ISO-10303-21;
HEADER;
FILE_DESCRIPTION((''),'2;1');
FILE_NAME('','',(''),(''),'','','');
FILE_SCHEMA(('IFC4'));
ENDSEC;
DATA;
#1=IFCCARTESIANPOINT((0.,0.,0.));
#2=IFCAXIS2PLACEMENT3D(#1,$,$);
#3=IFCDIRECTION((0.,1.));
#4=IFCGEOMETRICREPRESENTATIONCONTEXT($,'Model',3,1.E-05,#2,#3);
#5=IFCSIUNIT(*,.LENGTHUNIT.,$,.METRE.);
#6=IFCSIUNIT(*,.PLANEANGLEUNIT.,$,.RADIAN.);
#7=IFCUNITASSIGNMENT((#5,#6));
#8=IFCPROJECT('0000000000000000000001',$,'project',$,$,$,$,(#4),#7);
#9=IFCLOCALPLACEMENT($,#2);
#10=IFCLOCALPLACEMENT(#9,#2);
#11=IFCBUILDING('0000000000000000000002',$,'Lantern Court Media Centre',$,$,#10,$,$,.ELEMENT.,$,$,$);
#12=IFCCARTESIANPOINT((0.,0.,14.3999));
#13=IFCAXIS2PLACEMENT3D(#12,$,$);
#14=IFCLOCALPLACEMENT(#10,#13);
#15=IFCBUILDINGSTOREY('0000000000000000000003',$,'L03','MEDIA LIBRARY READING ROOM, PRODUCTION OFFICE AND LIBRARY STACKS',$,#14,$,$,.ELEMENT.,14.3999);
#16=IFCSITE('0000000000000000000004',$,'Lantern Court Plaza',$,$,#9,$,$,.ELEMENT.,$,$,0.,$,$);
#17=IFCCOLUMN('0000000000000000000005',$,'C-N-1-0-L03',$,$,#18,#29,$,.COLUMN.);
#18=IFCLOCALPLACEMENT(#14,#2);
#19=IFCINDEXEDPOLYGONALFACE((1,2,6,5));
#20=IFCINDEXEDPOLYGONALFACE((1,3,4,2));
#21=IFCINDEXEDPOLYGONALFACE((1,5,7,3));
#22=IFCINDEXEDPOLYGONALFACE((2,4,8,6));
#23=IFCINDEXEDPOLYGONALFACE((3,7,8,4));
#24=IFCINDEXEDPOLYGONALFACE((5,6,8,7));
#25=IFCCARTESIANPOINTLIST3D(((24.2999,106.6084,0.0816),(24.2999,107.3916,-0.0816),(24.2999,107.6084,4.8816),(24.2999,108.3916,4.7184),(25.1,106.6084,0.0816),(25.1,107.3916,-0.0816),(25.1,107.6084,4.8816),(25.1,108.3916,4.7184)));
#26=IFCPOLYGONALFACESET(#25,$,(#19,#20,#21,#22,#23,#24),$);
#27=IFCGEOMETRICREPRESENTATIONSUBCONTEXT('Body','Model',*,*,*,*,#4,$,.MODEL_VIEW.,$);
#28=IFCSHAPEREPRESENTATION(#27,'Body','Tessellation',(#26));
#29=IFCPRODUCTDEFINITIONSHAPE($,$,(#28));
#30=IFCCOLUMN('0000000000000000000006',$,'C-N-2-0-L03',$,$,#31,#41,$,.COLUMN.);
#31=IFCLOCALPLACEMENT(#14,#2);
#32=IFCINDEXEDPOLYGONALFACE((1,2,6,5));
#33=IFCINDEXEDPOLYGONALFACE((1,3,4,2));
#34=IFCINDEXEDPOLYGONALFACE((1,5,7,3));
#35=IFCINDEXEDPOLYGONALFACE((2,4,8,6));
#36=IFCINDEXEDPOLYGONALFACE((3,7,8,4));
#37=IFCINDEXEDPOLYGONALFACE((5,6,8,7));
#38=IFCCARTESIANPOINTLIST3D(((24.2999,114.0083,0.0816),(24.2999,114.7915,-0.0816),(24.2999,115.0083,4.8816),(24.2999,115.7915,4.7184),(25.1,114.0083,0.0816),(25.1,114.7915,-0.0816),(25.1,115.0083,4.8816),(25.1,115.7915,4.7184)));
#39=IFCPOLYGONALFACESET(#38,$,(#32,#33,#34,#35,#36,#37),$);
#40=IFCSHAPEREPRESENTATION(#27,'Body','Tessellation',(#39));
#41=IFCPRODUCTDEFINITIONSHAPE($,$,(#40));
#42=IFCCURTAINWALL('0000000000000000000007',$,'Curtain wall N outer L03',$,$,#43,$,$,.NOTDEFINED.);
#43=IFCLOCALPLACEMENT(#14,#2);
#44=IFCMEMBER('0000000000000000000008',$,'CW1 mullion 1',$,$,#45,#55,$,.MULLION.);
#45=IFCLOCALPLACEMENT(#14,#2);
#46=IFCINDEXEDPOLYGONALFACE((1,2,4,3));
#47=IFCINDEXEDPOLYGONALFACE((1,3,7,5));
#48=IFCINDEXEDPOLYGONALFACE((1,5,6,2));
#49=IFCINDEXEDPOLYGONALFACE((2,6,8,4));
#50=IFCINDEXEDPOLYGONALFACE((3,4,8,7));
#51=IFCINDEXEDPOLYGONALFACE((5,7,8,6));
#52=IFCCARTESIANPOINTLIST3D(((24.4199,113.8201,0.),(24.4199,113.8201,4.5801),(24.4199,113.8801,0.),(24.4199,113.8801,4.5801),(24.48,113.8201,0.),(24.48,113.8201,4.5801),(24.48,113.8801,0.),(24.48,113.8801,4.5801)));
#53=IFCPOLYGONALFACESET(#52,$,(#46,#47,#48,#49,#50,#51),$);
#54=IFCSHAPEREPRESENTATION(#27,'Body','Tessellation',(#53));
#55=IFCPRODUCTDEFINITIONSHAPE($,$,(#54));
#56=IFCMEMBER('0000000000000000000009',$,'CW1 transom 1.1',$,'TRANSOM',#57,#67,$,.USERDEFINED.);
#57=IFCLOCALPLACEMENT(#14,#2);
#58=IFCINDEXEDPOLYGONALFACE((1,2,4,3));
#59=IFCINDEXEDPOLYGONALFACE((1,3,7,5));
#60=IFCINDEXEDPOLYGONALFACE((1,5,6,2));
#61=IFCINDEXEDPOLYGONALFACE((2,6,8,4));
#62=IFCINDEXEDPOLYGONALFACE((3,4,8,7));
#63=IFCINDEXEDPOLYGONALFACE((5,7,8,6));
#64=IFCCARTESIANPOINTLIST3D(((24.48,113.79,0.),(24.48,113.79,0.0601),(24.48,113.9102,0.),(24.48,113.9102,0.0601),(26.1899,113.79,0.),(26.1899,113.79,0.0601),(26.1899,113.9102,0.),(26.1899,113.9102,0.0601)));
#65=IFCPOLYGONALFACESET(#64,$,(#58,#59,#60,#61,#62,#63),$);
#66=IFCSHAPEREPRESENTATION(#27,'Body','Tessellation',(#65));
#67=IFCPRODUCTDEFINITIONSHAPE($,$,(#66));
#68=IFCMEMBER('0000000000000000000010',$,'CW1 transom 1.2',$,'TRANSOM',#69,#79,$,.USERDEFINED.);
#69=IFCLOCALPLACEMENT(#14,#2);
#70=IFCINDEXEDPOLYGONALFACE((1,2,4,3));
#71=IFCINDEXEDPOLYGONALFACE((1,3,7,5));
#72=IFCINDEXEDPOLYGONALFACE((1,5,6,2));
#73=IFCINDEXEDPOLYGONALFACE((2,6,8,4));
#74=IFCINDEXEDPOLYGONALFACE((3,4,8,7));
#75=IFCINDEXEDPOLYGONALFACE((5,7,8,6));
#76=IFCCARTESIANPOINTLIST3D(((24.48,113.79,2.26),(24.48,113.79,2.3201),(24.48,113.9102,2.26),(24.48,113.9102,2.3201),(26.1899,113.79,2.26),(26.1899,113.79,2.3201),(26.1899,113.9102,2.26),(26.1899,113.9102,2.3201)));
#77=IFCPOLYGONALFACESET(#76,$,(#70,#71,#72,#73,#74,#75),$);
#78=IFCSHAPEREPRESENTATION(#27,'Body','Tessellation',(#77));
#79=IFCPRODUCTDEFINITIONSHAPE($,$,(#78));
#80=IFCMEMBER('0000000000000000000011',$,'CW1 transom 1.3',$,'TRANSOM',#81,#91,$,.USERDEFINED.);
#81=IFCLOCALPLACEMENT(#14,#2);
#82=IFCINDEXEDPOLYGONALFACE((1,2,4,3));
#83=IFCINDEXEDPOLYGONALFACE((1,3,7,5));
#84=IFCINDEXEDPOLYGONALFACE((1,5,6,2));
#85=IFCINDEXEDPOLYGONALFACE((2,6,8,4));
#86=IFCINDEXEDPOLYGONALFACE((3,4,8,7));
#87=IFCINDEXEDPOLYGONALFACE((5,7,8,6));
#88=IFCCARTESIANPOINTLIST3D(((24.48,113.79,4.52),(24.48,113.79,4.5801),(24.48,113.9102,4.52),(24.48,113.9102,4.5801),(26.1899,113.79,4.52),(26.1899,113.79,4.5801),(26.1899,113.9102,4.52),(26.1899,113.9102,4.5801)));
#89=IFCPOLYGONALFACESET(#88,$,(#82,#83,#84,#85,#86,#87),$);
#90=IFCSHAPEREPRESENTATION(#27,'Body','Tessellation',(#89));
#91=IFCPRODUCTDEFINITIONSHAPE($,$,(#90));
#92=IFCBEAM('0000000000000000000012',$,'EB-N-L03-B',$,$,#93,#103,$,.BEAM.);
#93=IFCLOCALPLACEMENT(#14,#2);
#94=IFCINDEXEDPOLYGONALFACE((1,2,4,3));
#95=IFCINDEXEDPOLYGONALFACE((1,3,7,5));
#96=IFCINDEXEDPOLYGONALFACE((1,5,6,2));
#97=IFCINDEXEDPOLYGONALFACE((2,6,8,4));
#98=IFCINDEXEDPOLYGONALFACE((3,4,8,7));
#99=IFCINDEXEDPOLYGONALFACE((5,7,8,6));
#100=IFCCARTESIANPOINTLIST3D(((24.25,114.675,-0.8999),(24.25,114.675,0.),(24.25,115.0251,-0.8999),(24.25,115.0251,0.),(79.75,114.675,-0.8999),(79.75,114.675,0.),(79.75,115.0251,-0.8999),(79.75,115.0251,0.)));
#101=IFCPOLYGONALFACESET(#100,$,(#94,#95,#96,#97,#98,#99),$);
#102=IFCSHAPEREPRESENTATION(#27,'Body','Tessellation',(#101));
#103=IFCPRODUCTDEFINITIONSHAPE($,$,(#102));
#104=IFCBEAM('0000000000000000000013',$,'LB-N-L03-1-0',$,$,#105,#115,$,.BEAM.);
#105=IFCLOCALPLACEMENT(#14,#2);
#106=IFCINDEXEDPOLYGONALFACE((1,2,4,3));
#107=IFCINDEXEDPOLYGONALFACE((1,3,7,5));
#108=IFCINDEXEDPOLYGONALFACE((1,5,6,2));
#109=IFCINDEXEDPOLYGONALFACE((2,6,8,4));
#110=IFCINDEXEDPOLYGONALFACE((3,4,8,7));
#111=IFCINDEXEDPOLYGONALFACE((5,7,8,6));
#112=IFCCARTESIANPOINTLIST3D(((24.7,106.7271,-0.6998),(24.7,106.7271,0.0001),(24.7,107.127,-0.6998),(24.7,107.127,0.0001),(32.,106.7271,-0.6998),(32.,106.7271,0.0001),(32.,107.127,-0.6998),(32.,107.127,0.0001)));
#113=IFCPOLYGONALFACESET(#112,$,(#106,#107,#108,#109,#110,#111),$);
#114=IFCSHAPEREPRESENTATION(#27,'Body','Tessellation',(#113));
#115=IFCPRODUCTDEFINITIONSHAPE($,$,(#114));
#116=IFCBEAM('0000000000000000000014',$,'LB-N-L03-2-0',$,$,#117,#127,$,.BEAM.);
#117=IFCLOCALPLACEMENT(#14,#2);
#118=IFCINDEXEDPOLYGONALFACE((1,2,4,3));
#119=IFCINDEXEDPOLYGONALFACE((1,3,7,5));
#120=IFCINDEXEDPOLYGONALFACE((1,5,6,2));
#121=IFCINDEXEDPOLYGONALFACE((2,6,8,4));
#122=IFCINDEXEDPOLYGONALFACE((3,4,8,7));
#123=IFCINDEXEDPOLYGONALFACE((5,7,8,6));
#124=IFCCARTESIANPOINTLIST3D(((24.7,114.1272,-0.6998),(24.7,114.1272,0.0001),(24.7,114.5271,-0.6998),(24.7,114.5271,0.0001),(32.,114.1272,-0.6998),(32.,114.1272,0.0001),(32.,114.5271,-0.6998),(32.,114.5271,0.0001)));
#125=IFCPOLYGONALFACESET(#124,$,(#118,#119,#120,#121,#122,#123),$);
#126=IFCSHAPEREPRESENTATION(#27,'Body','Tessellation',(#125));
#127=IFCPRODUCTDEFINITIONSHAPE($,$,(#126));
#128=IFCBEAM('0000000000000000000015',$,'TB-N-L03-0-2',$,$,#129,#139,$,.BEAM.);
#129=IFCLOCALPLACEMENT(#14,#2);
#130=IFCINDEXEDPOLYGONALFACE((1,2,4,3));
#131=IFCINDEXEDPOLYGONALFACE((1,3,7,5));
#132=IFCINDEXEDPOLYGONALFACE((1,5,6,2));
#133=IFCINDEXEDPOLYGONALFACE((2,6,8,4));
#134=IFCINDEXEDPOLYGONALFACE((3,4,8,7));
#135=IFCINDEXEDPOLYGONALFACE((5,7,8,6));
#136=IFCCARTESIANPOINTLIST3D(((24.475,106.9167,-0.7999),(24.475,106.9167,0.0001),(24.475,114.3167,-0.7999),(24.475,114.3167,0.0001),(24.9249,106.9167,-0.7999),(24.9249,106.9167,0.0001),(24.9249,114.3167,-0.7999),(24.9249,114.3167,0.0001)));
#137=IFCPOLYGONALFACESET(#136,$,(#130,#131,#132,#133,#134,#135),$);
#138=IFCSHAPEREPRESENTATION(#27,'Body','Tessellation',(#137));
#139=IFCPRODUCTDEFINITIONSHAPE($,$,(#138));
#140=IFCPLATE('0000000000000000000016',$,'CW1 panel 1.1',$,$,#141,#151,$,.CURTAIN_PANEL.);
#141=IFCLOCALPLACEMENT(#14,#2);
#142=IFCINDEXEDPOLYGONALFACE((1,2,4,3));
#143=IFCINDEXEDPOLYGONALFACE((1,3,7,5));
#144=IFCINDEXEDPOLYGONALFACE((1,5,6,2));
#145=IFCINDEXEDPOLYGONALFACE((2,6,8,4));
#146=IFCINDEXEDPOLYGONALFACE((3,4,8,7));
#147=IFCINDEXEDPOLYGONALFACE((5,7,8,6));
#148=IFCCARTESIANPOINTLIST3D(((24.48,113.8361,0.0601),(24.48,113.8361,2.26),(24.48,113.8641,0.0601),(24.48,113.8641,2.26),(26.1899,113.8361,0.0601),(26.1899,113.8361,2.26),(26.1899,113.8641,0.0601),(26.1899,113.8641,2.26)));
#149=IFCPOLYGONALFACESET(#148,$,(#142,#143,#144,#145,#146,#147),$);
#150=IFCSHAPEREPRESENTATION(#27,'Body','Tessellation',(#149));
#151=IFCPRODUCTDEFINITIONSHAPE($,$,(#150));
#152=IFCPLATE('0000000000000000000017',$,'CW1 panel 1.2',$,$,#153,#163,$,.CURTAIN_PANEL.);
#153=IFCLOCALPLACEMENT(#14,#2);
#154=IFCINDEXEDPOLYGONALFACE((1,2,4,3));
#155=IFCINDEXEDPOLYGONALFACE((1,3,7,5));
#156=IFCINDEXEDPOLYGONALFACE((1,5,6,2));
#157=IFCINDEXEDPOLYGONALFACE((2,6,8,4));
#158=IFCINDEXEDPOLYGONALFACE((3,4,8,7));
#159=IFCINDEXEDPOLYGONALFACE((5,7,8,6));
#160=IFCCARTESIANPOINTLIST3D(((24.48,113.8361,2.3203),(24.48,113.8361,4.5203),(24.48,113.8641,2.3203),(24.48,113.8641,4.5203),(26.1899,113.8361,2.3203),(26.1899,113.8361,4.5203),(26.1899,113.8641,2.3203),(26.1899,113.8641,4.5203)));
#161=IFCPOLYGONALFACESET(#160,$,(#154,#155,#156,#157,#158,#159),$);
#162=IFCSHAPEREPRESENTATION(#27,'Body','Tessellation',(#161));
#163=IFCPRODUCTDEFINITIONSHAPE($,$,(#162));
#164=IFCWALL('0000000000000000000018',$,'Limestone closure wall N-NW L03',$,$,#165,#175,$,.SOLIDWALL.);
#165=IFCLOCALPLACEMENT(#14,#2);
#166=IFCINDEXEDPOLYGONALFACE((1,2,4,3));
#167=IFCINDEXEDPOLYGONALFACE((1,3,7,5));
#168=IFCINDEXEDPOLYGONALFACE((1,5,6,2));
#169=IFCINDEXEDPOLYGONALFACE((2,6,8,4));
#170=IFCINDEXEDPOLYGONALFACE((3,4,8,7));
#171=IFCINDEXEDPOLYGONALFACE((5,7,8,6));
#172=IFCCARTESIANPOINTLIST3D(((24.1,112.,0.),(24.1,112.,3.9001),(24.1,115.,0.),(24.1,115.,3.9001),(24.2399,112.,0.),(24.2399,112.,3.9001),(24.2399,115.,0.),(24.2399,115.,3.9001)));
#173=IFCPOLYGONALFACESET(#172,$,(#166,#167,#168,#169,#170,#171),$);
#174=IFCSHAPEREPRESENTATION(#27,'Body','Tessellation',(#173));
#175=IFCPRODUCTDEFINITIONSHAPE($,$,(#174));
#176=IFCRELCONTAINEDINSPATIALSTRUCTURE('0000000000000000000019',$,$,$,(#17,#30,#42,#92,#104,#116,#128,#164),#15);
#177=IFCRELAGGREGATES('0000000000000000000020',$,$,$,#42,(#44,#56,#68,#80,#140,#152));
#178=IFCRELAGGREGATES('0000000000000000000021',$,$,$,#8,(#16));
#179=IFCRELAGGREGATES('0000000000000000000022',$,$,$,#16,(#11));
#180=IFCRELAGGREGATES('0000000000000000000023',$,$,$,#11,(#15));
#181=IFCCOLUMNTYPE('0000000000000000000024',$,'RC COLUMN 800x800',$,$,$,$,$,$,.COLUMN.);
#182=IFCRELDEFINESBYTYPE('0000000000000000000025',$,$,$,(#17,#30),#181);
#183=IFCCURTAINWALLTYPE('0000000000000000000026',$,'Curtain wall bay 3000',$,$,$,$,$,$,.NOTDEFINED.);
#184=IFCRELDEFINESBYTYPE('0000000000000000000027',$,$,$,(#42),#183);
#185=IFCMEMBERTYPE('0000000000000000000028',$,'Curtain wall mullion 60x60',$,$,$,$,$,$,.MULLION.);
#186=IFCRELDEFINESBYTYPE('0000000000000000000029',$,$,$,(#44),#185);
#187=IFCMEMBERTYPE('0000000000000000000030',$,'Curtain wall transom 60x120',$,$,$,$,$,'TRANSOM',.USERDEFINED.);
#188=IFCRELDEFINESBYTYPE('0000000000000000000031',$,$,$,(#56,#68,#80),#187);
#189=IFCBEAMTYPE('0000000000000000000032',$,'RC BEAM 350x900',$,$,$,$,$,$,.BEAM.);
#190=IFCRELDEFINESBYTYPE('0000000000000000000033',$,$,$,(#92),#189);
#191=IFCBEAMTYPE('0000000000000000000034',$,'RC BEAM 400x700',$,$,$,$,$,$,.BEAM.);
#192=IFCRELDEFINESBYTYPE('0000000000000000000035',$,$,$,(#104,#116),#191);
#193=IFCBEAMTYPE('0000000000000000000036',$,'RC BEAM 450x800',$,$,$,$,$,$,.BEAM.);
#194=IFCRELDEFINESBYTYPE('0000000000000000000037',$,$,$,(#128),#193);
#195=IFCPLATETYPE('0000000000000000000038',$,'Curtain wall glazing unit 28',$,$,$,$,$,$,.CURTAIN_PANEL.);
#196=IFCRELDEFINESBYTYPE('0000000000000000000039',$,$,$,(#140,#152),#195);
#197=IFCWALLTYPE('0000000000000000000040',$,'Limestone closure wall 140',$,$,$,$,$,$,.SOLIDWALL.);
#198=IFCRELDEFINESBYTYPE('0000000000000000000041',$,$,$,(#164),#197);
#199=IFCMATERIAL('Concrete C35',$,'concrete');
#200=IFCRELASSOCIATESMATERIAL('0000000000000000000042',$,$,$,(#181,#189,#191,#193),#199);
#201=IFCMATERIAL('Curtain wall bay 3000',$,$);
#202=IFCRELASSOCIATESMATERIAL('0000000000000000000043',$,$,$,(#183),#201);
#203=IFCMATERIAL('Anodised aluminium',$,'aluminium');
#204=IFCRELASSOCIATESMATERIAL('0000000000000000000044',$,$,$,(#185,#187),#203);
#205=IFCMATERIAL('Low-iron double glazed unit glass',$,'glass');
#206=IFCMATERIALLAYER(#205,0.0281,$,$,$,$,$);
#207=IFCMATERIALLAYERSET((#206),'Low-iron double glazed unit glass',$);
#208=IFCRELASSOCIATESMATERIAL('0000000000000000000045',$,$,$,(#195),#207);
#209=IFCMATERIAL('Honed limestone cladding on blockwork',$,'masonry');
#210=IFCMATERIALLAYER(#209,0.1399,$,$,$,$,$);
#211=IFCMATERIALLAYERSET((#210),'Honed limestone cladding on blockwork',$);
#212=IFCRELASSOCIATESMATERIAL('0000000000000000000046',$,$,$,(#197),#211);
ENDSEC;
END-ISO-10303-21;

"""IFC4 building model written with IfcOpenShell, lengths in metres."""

from ifc_helpers import new_model, si_unit, direction, frame, frame_2d, origin, origin_2d, place, context, subcontext, project, spatial, rectangle, extrude, material, layer, layer_set, material_profile, profile_set, type_object, element, aggregate, save


model = new_model("IFC4")

# Units and contexts
model_context = context("Model", 3, precision=1e-05, world=origin(), true_north=direction((0.0, 1.0)))
body_context = subcontext(model_context, "Body", "Model", "MODEL_VIEW")
ifc_project = project(units=[si_unit("LENGTHUNIT", "METRE"), si_unit("PLANEANGLEUNIT", "RADIAN")], contexts=[model_context])

# Site, building, storey
site_placement = place(None, origin())
site = spatial("IfcSite", under=ifc_project, at=site_placement, Name="Lantern Court Plaza", CompositionType="ELEMENT", RefElevation=0.0)
building_placement = place(site_placement, origin())
building = spatial("IfcBuilding", under=site, at=building_placement, Name="Lantern Court Media Centre", CompositionType="ELEMENT")
storey_placement = place(building_placement, frame((0.0, 0.0, 14.3999)))
storey = spatial("IfcBuildingStorey", under=building, at=storey_placement, Name="L03", Description="MEDIA LIBRARY READING ROOM, PRODUCTION OFFICE AND LIBRARY STACKS", CompositionType="ELEMENT", Elevation=14.3999)

# Columns
ifc_material_1 = material(Name="Concrete C35", Category="concrete")
ifc_material_profile_1 = material_profile(ifc_material_1, rectangle(XDim=0.8, YDim=0.8, at=origin_2d()), Name="RC 800x800")
ifc_profile_set_1 = profile_set([ifc_material_profile_1], Name="Concrete C35")
column_type = type_object("IfcColumnType", Name="RC COLUMN 800x800", PredefinedType="COLUMN", material=ifc_profile_set_1)
for number, where, z_axis, x_axis, name in (
    (1, (24.7, 107.0, 0.0), (0.0, 0.203952, 0.978981), (-1.0, 0.0, 0.0), "C-N-1-0-L03"),
    (2, (24.7, 114.3999, 0.0), (0.0, 0.203952, 0.978981), (-1.0, 0.0, 0.0), "C-N-2-0-L03"),
):
    element("IfcColumn", number, at=place(storey_placement, frame(where, z_axis=z_axis, x_axis=x_axis)), inside=storey, type_object=column_type, Name=name, PredefinedType="COLUMN", context=body_context, shape_type="SweptSolid", body=[
        extrude(rectangle(XDim=0.8, YDim=0.8, at=origin_2d()), origin(), (0.0, 0.0, 1.0), 4.9031),
    ])

# Curtain wall, members
ifc_material_2 = material(Name="Curtain wall bay 3000")
curtain_wall_type = type_object("IfcCurtainWallType", Name="Curtain wall bay 3000", PredefinedType="NOTDEFINED", material=ifc_material_2)
curtain_wall_placement = place(storey_placement, origin())
curtain_wall = element("IfcCurtainWall", 3, at=curtain_wall_placement, inside=storey, type_object=curtain_wall_type, Name="Curtain wall N outer L03", PredefinedType="NOTDEFINED")
ifc_material_3 = material(Name="Anodised aluminium", Category="aluminium")
ifc_material_profile_2 = material_profile(ifc_material_3, rectangle(XDim=0.0601, YDim=0.0601, at=origin_2d()), Name="AL 60x60")
ifc_profile_set_2 = profile_set([ifc_material_profile_2], Name="Anodised aluminium")
member_type_1 = type_object("IfcMemberType", Name="Curtain wall mullion 60x60", PredefinedType="MULLION", material=ifc_profile_set_2)
member_1_placement = place(storey_placement, frame((24.45, 113.8501, 0.0), z_axis=(0.0, 0.0, 1.0), x_axis=(0.0, 1.0, 0.0)))
member_1 = element("IfcMember", 4, at=member_1_placement, type_object=member_type_1, Name="CW1 mullion 1", PredefinedType="MULLION", context=body_context, shape_type="SweptSolid", body=[
    extrude(rectangle(XDim=0.0601, YDim=0.0601, at=origin_2d()), origin(), (0.0, 0.0, 1.0), 4.5801),
])
ifc_material_profile_3 = material_profile(ifc_material_3, rectangle(XDim=0.1201, YDim=0.0601, at=origin_2d()), Name="AL 60x120")
ifc_profile_set_3 = profile_set([ifc_material_profile_3], Name="Anodised aluminium")
member_type_2 = type_object("IfcMemberType", Name="Curtain wall transom 60x120", ElementType="TRANSOM", PredefinedType="USERDEFINED", material=ifc_profile_set_3)
member_2_placement = place(storey_placement, frame((24.48, 113.8501, 0.03), z_axis=(1.0, 0.0, 0.0), x_axis=(0.0, 1.0, 0.0)))
member_2 = element("IfcMember", 5, at=member_2_placement, type_object=member_type_2, Name="CW1 transom 1.1", ObjectType="TRANSOM", PredefinedType="USERDEFINED", context=body_context, shape_type="SweptSolid", body=[
    extrude(rectangle(XDim=0.1201, YDim=0.0601, at=origin_2d()), origin(), (0.0, 0.0, 1.0), 1.71),
])
member_3_placement = place(storey_placement, frame((24.48, 113.8501, 2.29), z_axis=(1.0, 0.0, 0.0), x_axis=(0.0, 1.0, 0.0)))
member_3 = element("IfcMember", 6, at=member_3_placement, type_object=member_type_2, Name="CW1 transom 1.2", ObjectType="TRANSOM", PredefinedType="USERDEFINED", context=body_context, shape_type="SweptSolid", body=[
    extrude(rectangle(XDim=0.1201, YDim=0.0601, at=origin_2d()), origin(), (0.0, 0.0, 1.0), 1.71),
])
member_4_placement = place(storey_placement, frame((24.48, 113.8501, 4.55), z_axis=(1.0, 0.0, 0.0), x_axis=(0.0, 1.0, 0.0)))
member_4 = element("IfcMember", 7, at=member_4_placement, type_object=member_type_2, Name="CW1 transom 1.3", ObjectType="TRANSOM", PredefinedType="USERDEFINED", context=body_context, shape_type="SweptSolid", body=[
    extrude(rectangle(XDim=0.1201, YDim=0.0601, at=origin_2d()), origin(), (0.0, 0.0, 1.0), 1.71),
])

# Beams
ifc_material_profile_4 = material_profile(ifc_material_1, rectangle(XDim=0.3501, YDim=0.8999, at=origin_2d()), Name="RC 350x900")
ifc_profile_set_4 = profile_set([ifc_material_profile_4], Name="Concrete C35")
beam_type_1 = type_object("IfcBeamType", Name="RC BEAM 350x900", PredefinedType="BEAM", material=ifc_profile_set_4)
beam_1_placement = place(storey_placement, frame((24.25, 114.8501, -0.45), z_axis=(1.0, 0.0, 0.0), x_axis=(0.0, 1.0, 0.0)))
element("IfcBeam", 8, at=beam_1_placement, inside=storey, type_object=beam_type_1, Name="EB-N-L03-B", PredefinedType="BEAM", context=body_context, shape_type="SweptSolid", body=[
    extrude(rectangle(XDim=0.3501, YDim=0.8999, at=origin_2d()), origin(), (0.0, 0.0, 1.0), 55.5),
])
ifc_material_profile_5 = material_profile(ifc_material_1, rectangle(XDim=0.3999, YDim=0.7, at=origin_2d()), Name="RC 400x700")
ifc_profile_set_5 = profile_set([ifc_material_profile_5], Name="Concrete C35")
beam_type_2 = type_object("IfcBeamType", Name="RC BEAM 400x700", PredefinedType="BEAM", material=ifc_profile_set_5)
for number, where, z_axis, x_axis, name in (
    (9, (24.7, 106.927, -0.3499), (1.0, 0.0, 0.0), (0.0, 1.0, 0.0), "LB-N-L03-1-0"),
    (10, (24.7, 114.3271, -0.3499), (1.0, 0.0, 0.0), (0.0, 1.0, 0.0), "LB-N-L03-2-0"),
):
    element("IfcBeam", number, at=place(storey_placement, frame(where, z_axis=z_axis, x_axis=x_axis)), inside=storey, type_object=beam_type_2, Name=name, PredefinedType="BEAM", context=body_context, shape_type="SweptSolid", body=[
        extrude(rectangle(XDim=0.3999, YDim=0.7, at=origin_2d()), origin(), (0.0, 0.0, 1.0), 7.3),
    ])
ifc_material_profile_6 = material_profile(ifc_material_1, rectangle(XDim=0.45, YDim=0.8, at=origin_2d()), Name="RC 450x800")
ifc_profile_set_6 = profile_set([ifc_material_profile_6], Name="Concrete C35")
beam_type_3 = type_object("IfcBeamType", Name="RC BEAM 450x800", PredefinedType="BEAM", material=ifc_profile_set_6)
beam_2_placement = place(storey_placement, frame((24.7, 106.9167, -0.3999), z_axis=(0.0, 1.0, 0.0), x_axis=(-1.0, 0.0, 0.0)))
element("IfcBeam", 11, at=beam_2_placement, inside=storey, type_object=beam_type_3, Name="TB-N-L03-0-2", PredefinedType="BEAM", context=body_context, shape_type="SweptSolid", body=[
    extrude(rectangle(XDim=0.45, YDim=0.8, at=origin_2d()), origin(), (0.0, 0.0, 1.0), 7.3999),
])

# Plates
ifc_material_4 = material(Name="Low-iron double glazed unit glass", Category="glass")
ifc_layer_1 = layer(ifc_material_4, 0.0281)
ifc_layer_set_1 = layer_set([ifc_layer_1], Name="Low-iron double glazed unit glass")
plate_type = type_object("IfcPlateType", Name="Curtain wall glazing unit 28", PredefinedType="CURTAIN_PANEL", material=ifc_layer_set_1)
plate_1_placement = place(storey_placement, frame((25.335, 113.8501, 0.0601), z_axis=(0.0, 0.0, 1.0), x_axis=(1.0, 0.0, 0.0)))
plate_1 = element("IfcPlate", 12, at=plate_1_placement, type_object=plate_type, Name="CW1 panel 1.1", PredefinedType="CURTAIN_PANEL", context=body_context, shape_type="SweptSolid", body=[
    extrude(rectangle(XDim=1.71, YDim=0.0281, at=origin_2d()), origin(), (0.0, 0.0, 1.0), 2.2),
])
plate_2_placement = place(storey_placement, frame((25.335, 113.8501, 2.3203), z_axis=(0.0, 0.0, 1.0), x_axis=(1.0, 0.0, 0.0)))
plate_2 = element("IfcPlate", 13, at=plate_2_placement, type_object=plate_type, Name="CW1 panel 1.2", PredefinedType="CURTAIN_PANEL", context=body_context, shape_type="SweptSolid", body=[
    extrude(rectangle(XDim=1.71, YDim=0.0281, at=origin_2d()), origin(), (0.0, 0.0, 1.0), 2.2),
])
aggregate(curtain_wall, [member_1, member_2, member_3, member_4, plate_1, plate_2])

# Wall
ifc_material_5 = material(Name="Honed limestone cladding on blockwork", Category="masonry")
ifc_layer_2 = layer(ifc_material_5, 0.1399)
ifc_layer_set_2 = layer_set([ifc_layer_2], Name="Honed limestone cladding on blockwork")
wall_type_1 = type_object("IfcWallType", Name="Limestone closure wall 140", PredefinedType="SOLIDWALL", material=ifc_layer_set_2)
wall_1_placement = place(storey_placement, frame((24.1699, 112.0, 0.0), z_axis=(0.0, 0.0, 1.0), x_axis=(0.0, 1.0, 0.0)))
element("IfcWall", 14, at=wall_1_placement, inside=storey, type_object=wall_type_1, Name="Limestone closure wall N-NW L03", PredefinedType="SOLIDWALL", context=body_context, shape_type="SweptSolid", body=[
    extrude(rectangle(XDim=3.0, YDim=0.1399, at=frame_2d((1.5, 0.0))), origin(), (0.0, 0.0, 1.0), 3.9001),
])

save(model, "model.ifc")
